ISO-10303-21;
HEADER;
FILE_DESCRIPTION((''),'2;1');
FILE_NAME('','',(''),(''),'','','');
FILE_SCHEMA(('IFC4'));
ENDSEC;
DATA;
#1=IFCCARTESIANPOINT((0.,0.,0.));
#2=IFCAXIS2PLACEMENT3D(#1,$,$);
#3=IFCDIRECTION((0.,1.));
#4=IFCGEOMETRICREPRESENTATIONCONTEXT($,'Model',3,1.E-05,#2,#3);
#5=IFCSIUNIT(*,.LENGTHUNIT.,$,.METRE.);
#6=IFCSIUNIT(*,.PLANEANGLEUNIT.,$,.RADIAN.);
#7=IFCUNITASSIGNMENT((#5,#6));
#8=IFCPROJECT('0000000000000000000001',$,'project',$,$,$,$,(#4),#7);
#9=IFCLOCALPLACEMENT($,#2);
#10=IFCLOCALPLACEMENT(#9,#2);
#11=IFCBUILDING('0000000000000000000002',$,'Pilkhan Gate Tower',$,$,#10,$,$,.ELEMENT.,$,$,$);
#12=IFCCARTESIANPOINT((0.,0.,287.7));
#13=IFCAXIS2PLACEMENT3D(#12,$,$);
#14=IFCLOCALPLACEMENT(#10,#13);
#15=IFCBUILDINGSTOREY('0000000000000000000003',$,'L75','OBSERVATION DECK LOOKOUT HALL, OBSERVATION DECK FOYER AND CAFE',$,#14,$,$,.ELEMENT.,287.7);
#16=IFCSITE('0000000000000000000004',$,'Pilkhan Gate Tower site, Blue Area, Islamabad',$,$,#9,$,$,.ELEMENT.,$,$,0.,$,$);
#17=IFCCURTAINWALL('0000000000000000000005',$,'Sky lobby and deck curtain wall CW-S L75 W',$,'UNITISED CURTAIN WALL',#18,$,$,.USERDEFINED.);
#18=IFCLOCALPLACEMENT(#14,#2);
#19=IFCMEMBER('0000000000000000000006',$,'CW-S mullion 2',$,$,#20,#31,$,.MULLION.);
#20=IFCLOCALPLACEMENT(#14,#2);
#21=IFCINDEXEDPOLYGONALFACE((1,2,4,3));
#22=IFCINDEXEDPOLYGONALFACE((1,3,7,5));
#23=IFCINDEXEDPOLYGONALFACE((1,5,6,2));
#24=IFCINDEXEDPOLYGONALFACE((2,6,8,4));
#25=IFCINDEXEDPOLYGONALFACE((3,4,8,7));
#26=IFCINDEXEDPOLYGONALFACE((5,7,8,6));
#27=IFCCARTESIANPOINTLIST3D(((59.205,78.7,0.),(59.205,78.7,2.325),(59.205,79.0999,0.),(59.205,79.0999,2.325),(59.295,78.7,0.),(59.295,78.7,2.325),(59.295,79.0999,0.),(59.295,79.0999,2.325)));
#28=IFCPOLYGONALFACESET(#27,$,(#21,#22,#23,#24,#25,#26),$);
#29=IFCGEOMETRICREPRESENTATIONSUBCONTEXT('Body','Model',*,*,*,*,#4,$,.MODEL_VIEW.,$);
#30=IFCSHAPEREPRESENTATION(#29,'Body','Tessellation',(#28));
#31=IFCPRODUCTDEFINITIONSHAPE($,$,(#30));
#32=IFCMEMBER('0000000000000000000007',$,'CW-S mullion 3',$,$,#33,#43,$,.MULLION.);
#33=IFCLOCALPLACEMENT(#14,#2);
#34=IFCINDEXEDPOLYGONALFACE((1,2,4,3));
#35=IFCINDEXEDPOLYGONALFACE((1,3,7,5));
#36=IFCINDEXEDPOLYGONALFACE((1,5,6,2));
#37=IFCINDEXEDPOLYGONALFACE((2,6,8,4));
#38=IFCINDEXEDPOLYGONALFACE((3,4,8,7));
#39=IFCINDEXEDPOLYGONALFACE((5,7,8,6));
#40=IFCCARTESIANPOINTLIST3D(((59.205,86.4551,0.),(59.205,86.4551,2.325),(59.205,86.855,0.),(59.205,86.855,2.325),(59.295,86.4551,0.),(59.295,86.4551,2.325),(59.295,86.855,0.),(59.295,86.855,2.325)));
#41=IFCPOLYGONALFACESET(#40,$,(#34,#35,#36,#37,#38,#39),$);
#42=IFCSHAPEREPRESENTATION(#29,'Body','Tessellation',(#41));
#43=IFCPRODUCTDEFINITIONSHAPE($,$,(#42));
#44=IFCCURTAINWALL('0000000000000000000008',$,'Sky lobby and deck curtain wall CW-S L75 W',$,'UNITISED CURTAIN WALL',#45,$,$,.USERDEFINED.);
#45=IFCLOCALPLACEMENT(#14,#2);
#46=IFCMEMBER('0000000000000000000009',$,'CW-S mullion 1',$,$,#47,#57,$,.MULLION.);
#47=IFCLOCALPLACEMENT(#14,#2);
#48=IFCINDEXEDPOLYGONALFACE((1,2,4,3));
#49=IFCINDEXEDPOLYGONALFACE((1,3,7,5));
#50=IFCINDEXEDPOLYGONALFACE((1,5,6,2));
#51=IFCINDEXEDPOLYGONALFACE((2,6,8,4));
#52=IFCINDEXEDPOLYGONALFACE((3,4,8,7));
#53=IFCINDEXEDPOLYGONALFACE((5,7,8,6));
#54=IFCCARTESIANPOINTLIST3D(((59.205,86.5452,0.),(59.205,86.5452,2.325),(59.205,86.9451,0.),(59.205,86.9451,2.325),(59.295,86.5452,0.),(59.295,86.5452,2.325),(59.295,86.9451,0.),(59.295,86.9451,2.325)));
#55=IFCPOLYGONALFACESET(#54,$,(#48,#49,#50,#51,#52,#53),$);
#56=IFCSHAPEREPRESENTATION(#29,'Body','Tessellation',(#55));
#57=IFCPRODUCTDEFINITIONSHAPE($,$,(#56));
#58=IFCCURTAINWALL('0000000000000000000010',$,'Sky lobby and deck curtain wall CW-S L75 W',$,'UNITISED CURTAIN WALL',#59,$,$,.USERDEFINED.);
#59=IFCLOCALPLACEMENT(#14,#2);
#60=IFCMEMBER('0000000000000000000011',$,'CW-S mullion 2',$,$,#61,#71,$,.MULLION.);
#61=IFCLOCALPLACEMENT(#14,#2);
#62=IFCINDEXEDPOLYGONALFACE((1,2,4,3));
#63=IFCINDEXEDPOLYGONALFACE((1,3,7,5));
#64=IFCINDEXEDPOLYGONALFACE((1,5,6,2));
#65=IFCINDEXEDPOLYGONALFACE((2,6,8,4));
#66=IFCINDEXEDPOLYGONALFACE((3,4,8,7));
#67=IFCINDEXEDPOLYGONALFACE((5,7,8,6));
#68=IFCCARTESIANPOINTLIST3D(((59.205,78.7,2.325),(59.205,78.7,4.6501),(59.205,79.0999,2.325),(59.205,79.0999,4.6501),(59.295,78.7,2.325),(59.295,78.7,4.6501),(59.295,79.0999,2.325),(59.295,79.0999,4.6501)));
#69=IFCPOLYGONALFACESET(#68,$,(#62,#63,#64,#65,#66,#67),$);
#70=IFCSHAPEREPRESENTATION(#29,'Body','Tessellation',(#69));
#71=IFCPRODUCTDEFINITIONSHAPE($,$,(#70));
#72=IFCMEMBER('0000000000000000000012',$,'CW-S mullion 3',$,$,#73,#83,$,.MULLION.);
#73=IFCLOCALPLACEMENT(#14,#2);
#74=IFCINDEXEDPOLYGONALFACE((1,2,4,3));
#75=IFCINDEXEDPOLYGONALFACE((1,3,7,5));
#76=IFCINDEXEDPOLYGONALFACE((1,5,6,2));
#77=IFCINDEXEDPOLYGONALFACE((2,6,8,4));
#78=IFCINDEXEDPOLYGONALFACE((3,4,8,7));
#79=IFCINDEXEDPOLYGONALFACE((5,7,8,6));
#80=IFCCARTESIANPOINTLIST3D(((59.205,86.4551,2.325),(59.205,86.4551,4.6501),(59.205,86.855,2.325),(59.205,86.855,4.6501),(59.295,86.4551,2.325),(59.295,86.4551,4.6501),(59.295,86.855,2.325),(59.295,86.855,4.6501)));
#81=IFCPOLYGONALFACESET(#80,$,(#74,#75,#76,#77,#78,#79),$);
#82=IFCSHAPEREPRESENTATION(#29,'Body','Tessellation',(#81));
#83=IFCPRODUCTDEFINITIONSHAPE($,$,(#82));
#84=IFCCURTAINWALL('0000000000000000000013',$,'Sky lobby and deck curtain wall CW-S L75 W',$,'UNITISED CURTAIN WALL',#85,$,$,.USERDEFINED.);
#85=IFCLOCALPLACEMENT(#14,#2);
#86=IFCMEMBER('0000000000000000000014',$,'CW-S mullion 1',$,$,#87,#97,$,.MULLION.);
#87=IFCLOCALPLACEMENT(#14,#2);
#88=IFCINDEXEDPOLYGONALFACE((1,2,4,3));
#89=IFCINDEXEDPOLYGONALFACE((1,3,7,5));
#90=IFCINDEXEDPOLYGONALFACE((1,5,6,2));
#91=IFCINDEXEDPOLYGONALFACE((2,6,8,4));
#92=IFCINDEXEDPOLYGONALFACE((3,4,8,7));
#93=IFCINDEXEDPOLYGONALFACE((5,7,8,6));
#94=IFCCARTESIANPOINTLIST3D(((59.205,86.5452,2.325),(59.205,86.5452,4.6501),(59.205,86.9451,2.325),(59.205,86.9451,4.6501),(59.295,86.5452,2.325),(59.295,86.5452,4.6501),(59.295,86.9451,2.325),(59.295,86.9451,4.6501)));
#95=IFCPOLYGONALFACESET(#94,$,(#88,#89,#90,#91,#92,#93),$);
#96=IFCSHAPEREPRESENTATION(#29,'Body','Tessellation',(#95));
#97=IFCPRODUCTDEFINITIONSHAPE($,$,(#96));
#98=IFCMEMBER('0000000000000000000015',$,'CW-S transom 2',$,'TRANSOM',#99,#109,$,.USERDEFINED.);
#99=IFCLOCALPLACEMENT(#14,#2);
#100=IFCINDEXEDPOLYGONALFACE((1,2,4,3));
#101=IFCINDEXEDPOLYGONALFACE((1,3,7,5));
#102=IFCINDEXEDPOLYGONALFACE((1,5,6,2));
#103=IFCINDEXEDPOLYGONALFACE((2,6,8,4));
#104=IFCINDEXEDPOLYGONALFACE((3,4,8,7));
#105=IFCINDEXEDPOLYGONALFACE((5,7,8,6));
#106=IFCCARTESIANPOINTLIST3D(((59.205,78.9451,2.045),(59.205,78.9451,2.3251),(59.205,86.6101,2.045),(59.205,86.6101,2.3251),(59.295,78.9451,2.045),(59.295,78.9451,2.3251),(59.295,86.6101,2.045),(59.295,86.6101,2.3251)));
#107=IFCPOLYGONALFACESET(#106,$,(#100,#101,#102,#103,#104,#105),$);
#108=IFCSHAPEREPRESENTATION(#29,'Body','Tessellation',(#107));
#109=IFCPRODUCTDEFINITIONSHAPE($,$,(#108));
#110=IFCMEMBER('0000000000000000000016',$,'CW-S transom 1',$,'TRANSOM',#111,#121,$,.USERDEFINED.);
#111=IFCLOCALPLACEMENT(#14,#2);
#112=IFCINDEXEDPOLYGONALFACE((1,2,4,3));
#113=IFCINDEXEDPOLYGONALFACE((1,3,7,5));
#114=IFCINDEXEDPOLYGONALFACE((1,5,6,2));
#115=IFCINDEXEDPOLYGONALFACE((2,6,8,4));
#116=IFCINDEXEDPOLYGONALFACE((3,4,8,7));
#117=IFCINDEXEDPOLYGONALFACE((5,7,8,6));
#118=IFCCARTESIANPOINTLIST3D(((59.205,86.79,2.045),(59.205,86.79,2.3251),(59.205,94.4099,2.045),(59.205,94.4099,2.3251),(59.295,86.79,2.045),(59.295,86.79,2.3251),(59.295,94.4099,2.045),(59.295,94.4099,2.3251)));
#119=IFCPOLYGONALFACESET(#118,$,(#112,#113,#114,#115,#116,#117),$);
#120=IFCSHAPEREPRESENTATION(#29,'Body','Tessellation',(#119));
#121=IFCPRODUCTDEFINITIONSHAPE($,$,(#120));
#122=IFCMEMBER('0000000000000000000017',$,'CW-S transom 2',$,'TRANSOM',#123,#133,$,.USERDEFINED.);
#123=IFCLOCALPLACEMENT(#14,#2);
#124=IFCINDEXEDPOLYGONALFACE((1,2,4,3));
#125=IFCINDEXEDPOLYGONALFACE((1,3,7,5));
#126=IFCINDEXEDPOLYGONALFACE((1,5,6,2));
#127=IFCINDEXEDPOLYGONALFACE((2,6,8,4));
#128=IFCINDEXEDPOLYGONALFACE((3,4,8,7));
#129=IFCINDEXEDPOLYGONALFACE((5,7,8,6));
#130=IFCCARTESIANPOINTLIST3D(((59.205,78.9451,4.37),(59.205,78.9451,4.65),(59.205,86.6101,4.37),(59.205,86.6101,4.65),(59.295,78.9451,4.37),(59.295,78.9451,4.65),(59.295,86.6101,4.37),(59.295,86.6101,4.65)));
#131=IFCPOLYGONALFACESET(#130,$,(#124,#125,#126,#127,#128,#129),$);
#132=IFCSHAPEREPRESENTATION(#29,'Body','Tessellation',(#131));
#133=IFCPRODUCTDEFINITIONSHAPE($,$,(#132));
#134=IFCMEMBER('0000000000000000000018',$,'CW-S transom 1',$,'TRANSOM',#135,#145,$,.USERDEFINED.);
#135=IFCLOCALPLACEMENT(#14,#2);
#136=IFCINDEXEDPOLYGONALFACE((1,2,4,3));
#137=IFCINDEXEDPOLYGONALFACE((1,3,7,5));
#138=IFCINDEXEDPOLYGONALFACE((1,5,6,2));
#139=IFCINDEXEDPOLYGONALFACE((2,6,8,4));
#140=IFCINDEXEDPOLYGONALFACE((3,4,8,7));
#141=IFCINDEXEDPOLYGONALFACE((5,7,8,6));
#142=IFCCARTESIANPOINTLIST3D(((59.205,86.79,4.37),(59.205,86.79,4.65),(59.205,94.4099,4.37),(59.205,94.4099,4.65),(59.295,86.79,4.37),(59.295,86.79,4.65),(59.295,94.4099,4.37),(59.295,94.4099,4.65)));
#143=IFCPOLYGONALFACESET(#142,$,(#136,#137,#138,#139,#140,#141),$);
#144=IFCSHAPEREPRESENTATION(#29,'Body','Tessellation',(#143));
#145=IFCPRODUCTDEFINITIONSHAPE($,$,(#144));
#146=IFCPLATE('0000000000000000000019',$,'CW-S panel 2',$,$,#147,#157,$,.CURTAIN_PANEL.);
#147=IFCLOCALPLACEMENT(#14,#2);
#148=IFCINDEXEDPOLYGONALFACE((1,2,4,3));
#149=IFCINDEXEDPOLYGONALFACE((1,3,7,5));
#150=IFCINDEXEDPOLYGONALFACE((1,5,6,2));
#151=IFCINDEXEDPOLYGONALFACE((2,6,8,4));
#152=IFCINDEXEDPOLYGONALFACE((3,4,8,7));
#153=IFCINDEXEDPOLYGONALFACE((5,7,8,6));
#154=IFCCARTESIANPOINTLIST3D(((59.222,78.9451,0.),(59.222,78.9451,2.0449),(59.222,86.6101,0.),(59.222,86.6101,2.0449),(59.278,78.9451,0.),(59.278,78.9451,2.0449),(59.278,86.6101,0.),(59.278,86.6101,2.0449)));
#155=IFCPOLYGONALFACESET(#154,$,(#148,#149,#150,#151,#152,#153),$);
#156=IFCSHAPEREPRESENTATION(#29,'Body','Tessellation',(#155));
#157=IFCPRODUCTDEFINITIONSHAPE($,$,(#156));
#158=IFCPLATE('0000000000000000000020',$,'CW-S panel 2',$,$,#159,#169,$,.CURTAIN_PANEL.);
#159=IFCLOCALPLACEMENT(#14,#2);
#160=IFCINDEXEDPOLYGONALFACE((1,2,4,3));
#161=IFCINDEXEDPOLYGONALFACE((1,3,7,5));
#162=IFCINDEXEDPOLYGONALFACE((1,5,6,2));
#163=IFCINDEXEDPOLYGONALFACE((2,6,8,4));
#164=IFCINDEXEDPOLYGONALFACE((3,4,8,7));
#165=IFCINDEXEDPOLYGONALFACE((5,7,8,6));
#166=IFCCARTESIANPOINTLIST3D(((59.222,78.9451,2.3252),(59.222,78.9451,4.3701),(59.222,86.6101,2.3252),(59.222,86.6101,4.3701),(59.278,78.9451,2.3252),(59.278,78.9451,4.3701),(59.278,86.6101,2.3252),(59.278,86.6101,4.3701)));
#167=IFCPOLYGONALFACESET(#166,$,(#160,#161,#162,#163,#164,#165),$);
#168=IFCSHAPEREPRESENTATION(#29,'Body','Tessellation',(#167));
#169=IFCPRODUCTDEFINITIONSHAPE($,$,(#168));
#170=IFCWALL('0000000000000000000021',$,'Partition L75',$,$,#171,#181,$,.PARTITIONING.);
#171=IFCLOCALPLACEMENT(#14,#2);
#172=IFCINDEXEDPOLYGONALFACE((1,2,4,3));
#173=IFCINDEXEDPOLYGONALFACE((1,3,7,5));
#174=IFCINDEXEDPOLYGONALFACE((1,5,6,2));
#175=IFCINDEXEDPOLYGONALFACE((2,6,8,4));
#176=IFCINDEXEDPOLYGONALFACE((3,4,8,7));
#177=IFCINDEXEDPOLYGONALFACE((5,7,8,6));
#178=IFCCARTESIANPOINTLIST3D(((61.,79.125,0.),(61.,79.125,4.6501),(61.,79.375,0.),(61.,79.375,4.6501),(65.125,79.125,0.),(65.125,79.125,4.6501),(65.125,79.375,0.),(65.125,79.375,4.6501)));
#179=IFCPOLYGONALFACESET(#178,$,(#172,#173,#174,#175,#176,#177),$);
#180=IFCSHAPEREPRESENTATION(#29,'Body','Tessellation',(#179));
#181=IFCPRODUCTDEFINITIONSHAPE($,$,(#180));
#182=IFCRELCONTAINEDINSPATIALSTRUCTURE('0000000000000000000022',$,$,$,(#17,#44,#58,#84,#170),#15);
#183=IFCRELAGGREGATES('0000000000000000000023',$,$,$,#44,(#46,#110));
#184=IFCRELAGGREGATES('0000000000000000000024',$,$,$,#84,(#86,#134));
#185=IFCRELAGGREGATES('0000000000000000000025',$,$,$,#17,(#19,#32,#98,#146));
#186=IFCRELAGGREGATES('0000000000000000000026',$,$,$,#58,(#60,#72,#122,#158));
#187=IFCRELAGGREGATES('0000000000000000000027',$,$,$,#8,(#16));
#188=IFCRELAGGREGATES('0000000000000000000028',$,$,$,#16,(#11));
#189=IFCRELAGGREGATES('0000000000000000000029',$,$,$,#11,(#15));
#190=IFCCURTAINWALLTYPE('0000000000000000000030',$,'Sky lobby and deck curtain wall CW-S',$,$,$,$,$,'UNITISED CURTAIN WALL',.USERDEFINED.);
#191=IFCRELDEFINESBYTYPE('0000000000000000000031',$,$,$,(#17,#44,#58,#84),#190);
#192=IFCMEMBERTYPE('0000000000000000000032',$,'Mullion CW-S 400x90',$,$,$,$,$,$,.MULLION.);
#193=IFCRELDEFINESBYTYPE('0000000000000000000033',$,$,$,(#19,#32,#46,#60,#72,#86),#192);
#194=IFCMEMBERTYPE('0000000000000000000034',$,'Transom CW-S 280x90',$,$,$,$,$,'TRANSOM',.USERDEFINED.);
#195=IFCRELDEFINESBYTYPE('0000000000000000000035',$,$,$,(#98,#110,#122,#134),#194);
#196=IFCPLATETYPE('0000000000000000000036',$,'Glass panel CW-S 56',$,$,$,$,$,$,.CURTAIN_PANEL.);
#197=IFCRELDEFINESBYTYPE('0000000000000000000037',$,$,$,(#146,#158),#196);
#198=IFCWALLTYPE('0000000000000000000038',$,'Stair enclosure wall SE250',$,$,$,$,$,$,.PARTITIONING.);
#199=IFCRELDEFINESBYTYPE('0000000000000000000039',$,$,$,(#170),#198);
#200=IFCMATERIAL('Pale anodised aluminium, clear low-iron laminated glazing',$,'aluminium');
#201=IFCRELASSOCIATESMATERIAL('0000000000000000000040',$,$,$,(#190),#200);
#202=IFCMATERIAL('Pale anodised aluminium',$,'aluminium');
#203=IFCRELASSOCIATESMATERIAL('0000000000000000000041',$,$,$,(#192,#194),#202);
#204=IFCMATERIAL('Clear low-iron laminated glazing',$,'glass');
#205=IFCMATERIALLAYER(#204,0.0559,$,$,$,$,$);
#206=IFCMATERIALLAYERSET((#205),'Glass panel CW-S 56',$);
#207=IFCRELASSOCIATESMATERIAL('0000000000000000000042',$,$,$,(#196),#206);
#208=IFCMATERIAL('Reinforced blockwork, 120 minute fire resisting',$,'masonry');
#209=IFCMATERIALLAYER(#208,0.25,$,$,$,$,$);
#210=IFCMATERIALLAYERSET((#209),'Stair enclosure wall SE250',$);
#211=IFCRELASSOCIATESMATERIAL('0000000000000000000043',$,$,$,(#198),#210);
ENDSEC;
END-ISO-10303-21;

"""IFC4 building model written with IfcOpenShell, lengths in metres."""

from ifc_helpers import new_model, si_unit, direction, frame, frame_2d, origin, origin_2d, place, context, subcontext, project, spatial, rectangle, extrude, material, layer, layer_set, material_profile, profile_set, type_object, element, aggregate, save


model = new_model("IFC4")

# Units and contexts
model_context = context("Model", 3, precision=1e-05, world=origin(), true_north=direction((0.0, 1.0)))
body_context = subcontext(model_context, "Body", "Model", "MODEL_VIEW")
ifc_project = project(units=[si_unit("LENGTHUNIT", "METRE"), si_unit("PLANEANGLEUNIT", "RADIAN")], contexts=[model_context])

# Site, building, storey
site_placement = place(None, origin())
site = spatial("IfcSite", under=ifc_project, at=site_placement, Name="Pilkhan Gate Tower site, Blue Area, Islamabad", CompositionType="ELEMENT", RefElevation=0.0)
building_placement = place(site_placement, origin())
building = spatial("IfcBuilding", under=site, at=building_placement, Name="Pilkhan Gate Tower", CompositionType="ELEMENT")
storey_placement = place(building_placement, frame((0.0, 0.0, 287.7)))
storey = spatial("IfcBuildingStorey", under=building, at=storey_placement, Name="L75", Description="OBSERVATION DECK LOOKOUT HALL, OBSERVATION DECK FOYER AND CAFE", CompositionType="ELEMENT", Elevation=287.7)

# Curtain wall, members
ifc_material_1 = material(Name="Pale anodised aluminium, clear low-iron laminated glazing", Category="aluminium")
curtain_wall_type = type_object("IfcCurtainWallType", Name="Sky lobby and deck curtain wall CW-S", ElementType="UNITISED CURTAIN WALL", PredefinedType="USERDEFINED", material=ifc_material_1)
curtain_wall_1_placement = place(storey_placement, origin())
curtain_wall_1 = element("IfcCurtainWall", 1, at=curtain_wall_1_placement, inside=storey, type_object=curtain_wall_type, Name="Sky lobby and deck curtain wall CW-S L75 W", ObjectType="UNITISED CURTAIN WALL", PredefinedType="USERDEFINED")
ifc_material_2 = material(Name="Pale anodised aluminium", Category="aluminium")
ifc_material_profile_1 = material_profile(ifc_material_2, rectangle(XDim=0.0901, YDim=0.3999, at=origin_2d()), Name="Mullion 400x90")
ifc_profile_set_1 = profile_set([ifc_material_profile_1], Name="Pale anodised aluminium")
member_type_1 = type_object("IfcMemberType", Name="Mullion CW-S 400x90", PredefinedType="MULLION", material=ifc_profile_set_1)
member_1_placement = place(storey_placement, frame((59.25, 78.8999, 0.0), z_axis=(0.0, 0.0, 1.0), x_axis=(-1.0, 0.0, 0.0)))
member_1 = element("IfcMember", 2, at=member_1_placement, type_object=member_type_1, Name="CW-S mullion 2", PredefinedType="MULLION", context=body_context, shape_type="SweptSolid", body=[
    extrude(rectangle(XDim=0.0901, YDim=0.3999, at=origin_2d()), origin(), (0.0, 0.0, 1.0), 2.325),
])
member_2_placement = place(storey_placement, frame((59.25, 86.655, 0.0), z_axis=(0.0, 0.0, 1.0), x_axis=(-1.0, 0.0, 0.0)))
member_2 = element("IfcMember", 3, at=member_2_placement, type_object=member_type_1, Name="CW-S mullion 3", PredefinedType="MULLION", context=body_context, shape_type="SweptSolid", body=[
    extrude(rectangle(XDim=0.0901, YDim=0.3999, at=origin_2d()), origin(), (0.0, 0.0, 1.0), 2.325),
])

# Curtain wall, member
curtain_wall_2_placement = place(storey_placement, origin())
curtain_wall_2 = element("IfcCurtainWall", 4, at=curtain_wall_2_placement, inside=storey, type_object=curtain_wall_type, Name="Sky lobby and deck curtain wall CW-S L75 W", ObjectType="UNITISED CURTAIN WALL", PredefinedType="USERDEFINED")
member_3_placement = place(storey_placement, frame((59.25, 86.7451, 0.0), z_axis=(0.0, 0.0, 1.0), x_axis=(-1.0, 0.0, 0.0)))
member_3 = element("IfcMember", 5, at=member_3_placement, type_object=member_type_1, Name="CW-S mullion 1", PredefinedType="MULLION", context=body_context, shape_type="SweptSolid", body=[
    extrude(rectangle(XDim=0.0901, YDim=0.3999, at=origin_2d()), origin(), (0.0, 0.0, 1.0), 2.325),
])

# Curtain wall, members
curtain_wall_3_placement = place(storey_placement, origin())
curtain_wall_3 = element("IfcCurtainWall", 6, at=curtain_wall_3_placement, inside=storey, type_object=curtain_wall_type, Name="Sky lobby and deck curtain wall CW-S L75 W", ObjectType="UNITISED CURTAIN WALL", PredefinedType="USERDEFINED")
member_4_placement = place(storey_placement, frame((59.25, 78.8999, 2.325), z_axis=(0.0, 0.0, 1.0), x_axis=(-1.0, 0.0, 0.0)))
member_4 = element("IfcMember", 7, at=member_4_placement, type_object=member_type_1, Name="CW-S mullion 2", PredefinedType="MULLION", context=body_context, shape_type="SweptSolid", body=[
    extrude(rectangle(XDim=0.0901, YDim=0.3999, at=origin_2d()), origin(), (0.0, 0.0, 1.0), 2.3252),
])
member_5_placement = place(storey_placement, frame((59.25, 86.655, 2.325), z_axis=(0.0, 0.0, 1.0), x_axis=(-1.0, 0.0, 0.0)))
member_5 = element("IfcMember", 8, at=member_5_placement, type_object=member_type_1, Name="CW-S mullion 3", PredefinedType="MULLION", context=body_context, shape_type="SweptSolid", body=[
    extrude(rectangle(XDim=0.0901, YDim=0.3999, at=origin_2d()), origin(), (0.0, 0.0, 1.0), 2.3252),
])

# Curtain wall, member
curtain_wall_4_placement = place(storey_placement, origin())
curtain_wall_4 = element("IfcCurtainWall", 9, at=curtain_wall_4_placement, inside=storey, type_object=curtain_wall_type, Name="Sky lobby and deck curtain wall CW-S L75 W", ObjectType="UNITISED CURTAIN WALL", PredefinedType="USERDEFINED")
member_6_placement = place(storey_placement, frame((59.25, 86.7451, 2.325), z_axis=(0.0, 0.0, 1.0), x_axis=(-1.0, 0.0, 0.0)))
member_6 = element("IfcMember", 10, at=member_6_placement, type_object=member_type_1, Name="CW-S mullion 1", PredefinedType="MULLION", context=body_context, shape_type="SweptSolid", body=[
    extrude(rectangle(XDim=0.0901, YDim=0.3999, at=origin_2d()), origin(), (0.0, 0.0, 1.0), 2.3252),
])

# Members
ifc_material_profile_2 = material_profile(ifc_material_2, rectangle(XDim=0.0901, YDim=0.28, at=origin_2d()), Name="Transom 280x90")
ifc_profile_set_2 = profile_set([ifc_material_profile_2], Name="Pale anodised aluminium")
member_type_2 = type_object("IfcMemberType", Name="Transom CW-S 280x90", ElementType="TRANSOM", PredefinedType="USERDEFINED", material=ifc_profile_set_2)
member_7_placement = place(storey_placement, frame((59.25, 78.9451, 2.1851), z_axis=(0.0, 1.0, 0.0), x_axis=(-1.0, 0.0, 0.0)))
member_7 = element("IfcMember", 11, at=member_7_placement, type_object=member_type_2, Name="CW-S transom 2", ObjectType="TRANSOM", PredefinedType="USERDEFINED", context=body_context, shape_type="SweptSolid", body=[
    extrude(rectangle(XDim=0.0901, YDim=0.28, at=origin_2d()), origin(), (0.0, 0.0, 1.0), 7.665),
])
member_8_placement = place(storey_placement, frame((59.25, 86.79, 2.1851), z_axis=(0.0, 1.0, 0.0), x_axis=(-1.0, 0.0, 0.0)))
member_8 = element("IfcMember", 12, at=member_8_placement, type_object=member_type_2, Name="CW-S transom 1", ObjectType="TRANSOM", PredefinedType="USERDEFINED", context=body_context, shape_type="SweptSolid", body=[
    extrude(rectangle(XDim=0.0901, YDim=0.28, at=origin_2d()), origin(), (0.0, 0.0, 1.0), 7.6199),
])
aggregate(curtain_wall_2, [member_3, member_8])
member_9_placement = place(storey_placement, frame((59.25, 78.9451, 4.51), z_axis=(0.0, 1.0, 0.0), x_axis=(-1.0, 0.0, 0.0)))
member_9 = element("IfcMember", 13, at=member_9_placement, type_object=member_type_2, Name="CW-S transom 2", ObjectType="TRANSOM", PredefinedType="USERDEFINED", context=body_context, shape_type="SweptSolid", body=[
    extrude(rectangle(XDim=0.0901, YDim=0.28, at=origin_2d()), origin(), (0.0, 0.0, 1.0), 7.665),
])
member_10_placement = place(storey_placement, frame((59.25, 86.79, 4.51), z_axis=(0.0, 1.0, 0.0), x_axis=(-1.0, 0.0, 0.0)))
member_10 = element("IfcMember", 14, at=member_10_placement, type_object=member_type_2, Name="CW-S transom 1", ObjectType="TRANSOM", PredefinedType="USERDEFINED", context=body_context, shape_type="SweptSolid", body=[
    extrude(rectangle(XDim=0.0901, YDim=0.28, at=origin_2d()), origin(), (0.0, 0.0, 1.0), 7.6199),
])
aggregate(curtain_wall_4, [member_6, member_10])

# Plates
ifc_material_3 = material(Name="Clear low-iron laminated glazing", Category="glass")
ifc_layer_1 = layer(ifc_material_3, 0.0559)
ifc_layer_set_1 = layer_set([ifc_layer_1], Name="Glass panel CW-S 56")
plate_type = type_object("IfcPlateType", Name="Glass panel CW-S 56", PredefinedType="CURTAIN_PANEL", material=ifc_layer_set_1)
plate_1_placement = place(storey_placement, frame((59.25, 82.7776, 0.0), z_axis=(0.0, 0.0, 1.0), x_axis=(0.0, 1.0, 0.0)))
plate_1 = element("IfcPlate", 15, at=plate_1_placement, type_object=plate_type, Name="CW-S panel 2", PredefinedType="CURTAIN_PANEL", context=body_context, shape_type="SweptSolid", body=[
    extrude(rectangle(XDim=7.665, YDim=0.0559, at=origin_2d()), origin(), (0.0, 0.0, 1.0), 2.0449),
])
aggregate(curtain_wall_1, [member_1, member_2, member_7, plate_1])
plate_2_placement = place(storey_placement, frame((59.25, 82.7776, 2.3252), z_axis=(0.0, 0.0, 1.0), x_axis=(0.0, 1.0, 0.0)))
plate_2 = element("IfcPlate", 16, at=plate_2_placement, type_object=plate_type, Name="CW-S panel 2", PredefinedType="CURTAIN_PANEL", context=body_context, shape_type="SweptSolid", body=[
    extrude(rectangle(XDim=7.665, YDim=0.0559, at=origin_2d()), origin(), (0.0, 0.0, 1.0), 2.0449),
])
aggregate(curtain_wall_3, [member_4, member_5, member_9, plate_2])

# Wall
ifc_material_4 = material(Name="Reinforced blockwork, 120 minute fire resisting", Category="masonry")
ifc_layer_2 = layer(ifc_material_4, 0.25)
ifc_layer_set_2 = layer_set([ifc_layer_2], Name="Stair enclosure wall SE250")
wall_type = type_object("IfcWallType", Name="Stair enclosure wall SE250", PredefinedType="PARTITIONING", material=ifc_layer_set_2)
wall_placement = place(storey_placement, frame((61.0, 79.25, 0.0), z_axis=(0.0, 0.0, 1.0), x_axis=(1.0, 0.0, 0.0)))
element("IfcWall", 17, at=wall_placement, inside=storey, type_object=wall_type, Name="Partition L75", PredefinedType="PARTITIONING", context=body_context, shape_type="SweptSolid", body=[
    extrude(rectangle(XDim=4.125, YDim=0.25, at=frame_2d((2.0625, 0.0))), origin(), (0.0, 0.0, 1.0), 4.6501),
])

save(model, "model.ifc")
